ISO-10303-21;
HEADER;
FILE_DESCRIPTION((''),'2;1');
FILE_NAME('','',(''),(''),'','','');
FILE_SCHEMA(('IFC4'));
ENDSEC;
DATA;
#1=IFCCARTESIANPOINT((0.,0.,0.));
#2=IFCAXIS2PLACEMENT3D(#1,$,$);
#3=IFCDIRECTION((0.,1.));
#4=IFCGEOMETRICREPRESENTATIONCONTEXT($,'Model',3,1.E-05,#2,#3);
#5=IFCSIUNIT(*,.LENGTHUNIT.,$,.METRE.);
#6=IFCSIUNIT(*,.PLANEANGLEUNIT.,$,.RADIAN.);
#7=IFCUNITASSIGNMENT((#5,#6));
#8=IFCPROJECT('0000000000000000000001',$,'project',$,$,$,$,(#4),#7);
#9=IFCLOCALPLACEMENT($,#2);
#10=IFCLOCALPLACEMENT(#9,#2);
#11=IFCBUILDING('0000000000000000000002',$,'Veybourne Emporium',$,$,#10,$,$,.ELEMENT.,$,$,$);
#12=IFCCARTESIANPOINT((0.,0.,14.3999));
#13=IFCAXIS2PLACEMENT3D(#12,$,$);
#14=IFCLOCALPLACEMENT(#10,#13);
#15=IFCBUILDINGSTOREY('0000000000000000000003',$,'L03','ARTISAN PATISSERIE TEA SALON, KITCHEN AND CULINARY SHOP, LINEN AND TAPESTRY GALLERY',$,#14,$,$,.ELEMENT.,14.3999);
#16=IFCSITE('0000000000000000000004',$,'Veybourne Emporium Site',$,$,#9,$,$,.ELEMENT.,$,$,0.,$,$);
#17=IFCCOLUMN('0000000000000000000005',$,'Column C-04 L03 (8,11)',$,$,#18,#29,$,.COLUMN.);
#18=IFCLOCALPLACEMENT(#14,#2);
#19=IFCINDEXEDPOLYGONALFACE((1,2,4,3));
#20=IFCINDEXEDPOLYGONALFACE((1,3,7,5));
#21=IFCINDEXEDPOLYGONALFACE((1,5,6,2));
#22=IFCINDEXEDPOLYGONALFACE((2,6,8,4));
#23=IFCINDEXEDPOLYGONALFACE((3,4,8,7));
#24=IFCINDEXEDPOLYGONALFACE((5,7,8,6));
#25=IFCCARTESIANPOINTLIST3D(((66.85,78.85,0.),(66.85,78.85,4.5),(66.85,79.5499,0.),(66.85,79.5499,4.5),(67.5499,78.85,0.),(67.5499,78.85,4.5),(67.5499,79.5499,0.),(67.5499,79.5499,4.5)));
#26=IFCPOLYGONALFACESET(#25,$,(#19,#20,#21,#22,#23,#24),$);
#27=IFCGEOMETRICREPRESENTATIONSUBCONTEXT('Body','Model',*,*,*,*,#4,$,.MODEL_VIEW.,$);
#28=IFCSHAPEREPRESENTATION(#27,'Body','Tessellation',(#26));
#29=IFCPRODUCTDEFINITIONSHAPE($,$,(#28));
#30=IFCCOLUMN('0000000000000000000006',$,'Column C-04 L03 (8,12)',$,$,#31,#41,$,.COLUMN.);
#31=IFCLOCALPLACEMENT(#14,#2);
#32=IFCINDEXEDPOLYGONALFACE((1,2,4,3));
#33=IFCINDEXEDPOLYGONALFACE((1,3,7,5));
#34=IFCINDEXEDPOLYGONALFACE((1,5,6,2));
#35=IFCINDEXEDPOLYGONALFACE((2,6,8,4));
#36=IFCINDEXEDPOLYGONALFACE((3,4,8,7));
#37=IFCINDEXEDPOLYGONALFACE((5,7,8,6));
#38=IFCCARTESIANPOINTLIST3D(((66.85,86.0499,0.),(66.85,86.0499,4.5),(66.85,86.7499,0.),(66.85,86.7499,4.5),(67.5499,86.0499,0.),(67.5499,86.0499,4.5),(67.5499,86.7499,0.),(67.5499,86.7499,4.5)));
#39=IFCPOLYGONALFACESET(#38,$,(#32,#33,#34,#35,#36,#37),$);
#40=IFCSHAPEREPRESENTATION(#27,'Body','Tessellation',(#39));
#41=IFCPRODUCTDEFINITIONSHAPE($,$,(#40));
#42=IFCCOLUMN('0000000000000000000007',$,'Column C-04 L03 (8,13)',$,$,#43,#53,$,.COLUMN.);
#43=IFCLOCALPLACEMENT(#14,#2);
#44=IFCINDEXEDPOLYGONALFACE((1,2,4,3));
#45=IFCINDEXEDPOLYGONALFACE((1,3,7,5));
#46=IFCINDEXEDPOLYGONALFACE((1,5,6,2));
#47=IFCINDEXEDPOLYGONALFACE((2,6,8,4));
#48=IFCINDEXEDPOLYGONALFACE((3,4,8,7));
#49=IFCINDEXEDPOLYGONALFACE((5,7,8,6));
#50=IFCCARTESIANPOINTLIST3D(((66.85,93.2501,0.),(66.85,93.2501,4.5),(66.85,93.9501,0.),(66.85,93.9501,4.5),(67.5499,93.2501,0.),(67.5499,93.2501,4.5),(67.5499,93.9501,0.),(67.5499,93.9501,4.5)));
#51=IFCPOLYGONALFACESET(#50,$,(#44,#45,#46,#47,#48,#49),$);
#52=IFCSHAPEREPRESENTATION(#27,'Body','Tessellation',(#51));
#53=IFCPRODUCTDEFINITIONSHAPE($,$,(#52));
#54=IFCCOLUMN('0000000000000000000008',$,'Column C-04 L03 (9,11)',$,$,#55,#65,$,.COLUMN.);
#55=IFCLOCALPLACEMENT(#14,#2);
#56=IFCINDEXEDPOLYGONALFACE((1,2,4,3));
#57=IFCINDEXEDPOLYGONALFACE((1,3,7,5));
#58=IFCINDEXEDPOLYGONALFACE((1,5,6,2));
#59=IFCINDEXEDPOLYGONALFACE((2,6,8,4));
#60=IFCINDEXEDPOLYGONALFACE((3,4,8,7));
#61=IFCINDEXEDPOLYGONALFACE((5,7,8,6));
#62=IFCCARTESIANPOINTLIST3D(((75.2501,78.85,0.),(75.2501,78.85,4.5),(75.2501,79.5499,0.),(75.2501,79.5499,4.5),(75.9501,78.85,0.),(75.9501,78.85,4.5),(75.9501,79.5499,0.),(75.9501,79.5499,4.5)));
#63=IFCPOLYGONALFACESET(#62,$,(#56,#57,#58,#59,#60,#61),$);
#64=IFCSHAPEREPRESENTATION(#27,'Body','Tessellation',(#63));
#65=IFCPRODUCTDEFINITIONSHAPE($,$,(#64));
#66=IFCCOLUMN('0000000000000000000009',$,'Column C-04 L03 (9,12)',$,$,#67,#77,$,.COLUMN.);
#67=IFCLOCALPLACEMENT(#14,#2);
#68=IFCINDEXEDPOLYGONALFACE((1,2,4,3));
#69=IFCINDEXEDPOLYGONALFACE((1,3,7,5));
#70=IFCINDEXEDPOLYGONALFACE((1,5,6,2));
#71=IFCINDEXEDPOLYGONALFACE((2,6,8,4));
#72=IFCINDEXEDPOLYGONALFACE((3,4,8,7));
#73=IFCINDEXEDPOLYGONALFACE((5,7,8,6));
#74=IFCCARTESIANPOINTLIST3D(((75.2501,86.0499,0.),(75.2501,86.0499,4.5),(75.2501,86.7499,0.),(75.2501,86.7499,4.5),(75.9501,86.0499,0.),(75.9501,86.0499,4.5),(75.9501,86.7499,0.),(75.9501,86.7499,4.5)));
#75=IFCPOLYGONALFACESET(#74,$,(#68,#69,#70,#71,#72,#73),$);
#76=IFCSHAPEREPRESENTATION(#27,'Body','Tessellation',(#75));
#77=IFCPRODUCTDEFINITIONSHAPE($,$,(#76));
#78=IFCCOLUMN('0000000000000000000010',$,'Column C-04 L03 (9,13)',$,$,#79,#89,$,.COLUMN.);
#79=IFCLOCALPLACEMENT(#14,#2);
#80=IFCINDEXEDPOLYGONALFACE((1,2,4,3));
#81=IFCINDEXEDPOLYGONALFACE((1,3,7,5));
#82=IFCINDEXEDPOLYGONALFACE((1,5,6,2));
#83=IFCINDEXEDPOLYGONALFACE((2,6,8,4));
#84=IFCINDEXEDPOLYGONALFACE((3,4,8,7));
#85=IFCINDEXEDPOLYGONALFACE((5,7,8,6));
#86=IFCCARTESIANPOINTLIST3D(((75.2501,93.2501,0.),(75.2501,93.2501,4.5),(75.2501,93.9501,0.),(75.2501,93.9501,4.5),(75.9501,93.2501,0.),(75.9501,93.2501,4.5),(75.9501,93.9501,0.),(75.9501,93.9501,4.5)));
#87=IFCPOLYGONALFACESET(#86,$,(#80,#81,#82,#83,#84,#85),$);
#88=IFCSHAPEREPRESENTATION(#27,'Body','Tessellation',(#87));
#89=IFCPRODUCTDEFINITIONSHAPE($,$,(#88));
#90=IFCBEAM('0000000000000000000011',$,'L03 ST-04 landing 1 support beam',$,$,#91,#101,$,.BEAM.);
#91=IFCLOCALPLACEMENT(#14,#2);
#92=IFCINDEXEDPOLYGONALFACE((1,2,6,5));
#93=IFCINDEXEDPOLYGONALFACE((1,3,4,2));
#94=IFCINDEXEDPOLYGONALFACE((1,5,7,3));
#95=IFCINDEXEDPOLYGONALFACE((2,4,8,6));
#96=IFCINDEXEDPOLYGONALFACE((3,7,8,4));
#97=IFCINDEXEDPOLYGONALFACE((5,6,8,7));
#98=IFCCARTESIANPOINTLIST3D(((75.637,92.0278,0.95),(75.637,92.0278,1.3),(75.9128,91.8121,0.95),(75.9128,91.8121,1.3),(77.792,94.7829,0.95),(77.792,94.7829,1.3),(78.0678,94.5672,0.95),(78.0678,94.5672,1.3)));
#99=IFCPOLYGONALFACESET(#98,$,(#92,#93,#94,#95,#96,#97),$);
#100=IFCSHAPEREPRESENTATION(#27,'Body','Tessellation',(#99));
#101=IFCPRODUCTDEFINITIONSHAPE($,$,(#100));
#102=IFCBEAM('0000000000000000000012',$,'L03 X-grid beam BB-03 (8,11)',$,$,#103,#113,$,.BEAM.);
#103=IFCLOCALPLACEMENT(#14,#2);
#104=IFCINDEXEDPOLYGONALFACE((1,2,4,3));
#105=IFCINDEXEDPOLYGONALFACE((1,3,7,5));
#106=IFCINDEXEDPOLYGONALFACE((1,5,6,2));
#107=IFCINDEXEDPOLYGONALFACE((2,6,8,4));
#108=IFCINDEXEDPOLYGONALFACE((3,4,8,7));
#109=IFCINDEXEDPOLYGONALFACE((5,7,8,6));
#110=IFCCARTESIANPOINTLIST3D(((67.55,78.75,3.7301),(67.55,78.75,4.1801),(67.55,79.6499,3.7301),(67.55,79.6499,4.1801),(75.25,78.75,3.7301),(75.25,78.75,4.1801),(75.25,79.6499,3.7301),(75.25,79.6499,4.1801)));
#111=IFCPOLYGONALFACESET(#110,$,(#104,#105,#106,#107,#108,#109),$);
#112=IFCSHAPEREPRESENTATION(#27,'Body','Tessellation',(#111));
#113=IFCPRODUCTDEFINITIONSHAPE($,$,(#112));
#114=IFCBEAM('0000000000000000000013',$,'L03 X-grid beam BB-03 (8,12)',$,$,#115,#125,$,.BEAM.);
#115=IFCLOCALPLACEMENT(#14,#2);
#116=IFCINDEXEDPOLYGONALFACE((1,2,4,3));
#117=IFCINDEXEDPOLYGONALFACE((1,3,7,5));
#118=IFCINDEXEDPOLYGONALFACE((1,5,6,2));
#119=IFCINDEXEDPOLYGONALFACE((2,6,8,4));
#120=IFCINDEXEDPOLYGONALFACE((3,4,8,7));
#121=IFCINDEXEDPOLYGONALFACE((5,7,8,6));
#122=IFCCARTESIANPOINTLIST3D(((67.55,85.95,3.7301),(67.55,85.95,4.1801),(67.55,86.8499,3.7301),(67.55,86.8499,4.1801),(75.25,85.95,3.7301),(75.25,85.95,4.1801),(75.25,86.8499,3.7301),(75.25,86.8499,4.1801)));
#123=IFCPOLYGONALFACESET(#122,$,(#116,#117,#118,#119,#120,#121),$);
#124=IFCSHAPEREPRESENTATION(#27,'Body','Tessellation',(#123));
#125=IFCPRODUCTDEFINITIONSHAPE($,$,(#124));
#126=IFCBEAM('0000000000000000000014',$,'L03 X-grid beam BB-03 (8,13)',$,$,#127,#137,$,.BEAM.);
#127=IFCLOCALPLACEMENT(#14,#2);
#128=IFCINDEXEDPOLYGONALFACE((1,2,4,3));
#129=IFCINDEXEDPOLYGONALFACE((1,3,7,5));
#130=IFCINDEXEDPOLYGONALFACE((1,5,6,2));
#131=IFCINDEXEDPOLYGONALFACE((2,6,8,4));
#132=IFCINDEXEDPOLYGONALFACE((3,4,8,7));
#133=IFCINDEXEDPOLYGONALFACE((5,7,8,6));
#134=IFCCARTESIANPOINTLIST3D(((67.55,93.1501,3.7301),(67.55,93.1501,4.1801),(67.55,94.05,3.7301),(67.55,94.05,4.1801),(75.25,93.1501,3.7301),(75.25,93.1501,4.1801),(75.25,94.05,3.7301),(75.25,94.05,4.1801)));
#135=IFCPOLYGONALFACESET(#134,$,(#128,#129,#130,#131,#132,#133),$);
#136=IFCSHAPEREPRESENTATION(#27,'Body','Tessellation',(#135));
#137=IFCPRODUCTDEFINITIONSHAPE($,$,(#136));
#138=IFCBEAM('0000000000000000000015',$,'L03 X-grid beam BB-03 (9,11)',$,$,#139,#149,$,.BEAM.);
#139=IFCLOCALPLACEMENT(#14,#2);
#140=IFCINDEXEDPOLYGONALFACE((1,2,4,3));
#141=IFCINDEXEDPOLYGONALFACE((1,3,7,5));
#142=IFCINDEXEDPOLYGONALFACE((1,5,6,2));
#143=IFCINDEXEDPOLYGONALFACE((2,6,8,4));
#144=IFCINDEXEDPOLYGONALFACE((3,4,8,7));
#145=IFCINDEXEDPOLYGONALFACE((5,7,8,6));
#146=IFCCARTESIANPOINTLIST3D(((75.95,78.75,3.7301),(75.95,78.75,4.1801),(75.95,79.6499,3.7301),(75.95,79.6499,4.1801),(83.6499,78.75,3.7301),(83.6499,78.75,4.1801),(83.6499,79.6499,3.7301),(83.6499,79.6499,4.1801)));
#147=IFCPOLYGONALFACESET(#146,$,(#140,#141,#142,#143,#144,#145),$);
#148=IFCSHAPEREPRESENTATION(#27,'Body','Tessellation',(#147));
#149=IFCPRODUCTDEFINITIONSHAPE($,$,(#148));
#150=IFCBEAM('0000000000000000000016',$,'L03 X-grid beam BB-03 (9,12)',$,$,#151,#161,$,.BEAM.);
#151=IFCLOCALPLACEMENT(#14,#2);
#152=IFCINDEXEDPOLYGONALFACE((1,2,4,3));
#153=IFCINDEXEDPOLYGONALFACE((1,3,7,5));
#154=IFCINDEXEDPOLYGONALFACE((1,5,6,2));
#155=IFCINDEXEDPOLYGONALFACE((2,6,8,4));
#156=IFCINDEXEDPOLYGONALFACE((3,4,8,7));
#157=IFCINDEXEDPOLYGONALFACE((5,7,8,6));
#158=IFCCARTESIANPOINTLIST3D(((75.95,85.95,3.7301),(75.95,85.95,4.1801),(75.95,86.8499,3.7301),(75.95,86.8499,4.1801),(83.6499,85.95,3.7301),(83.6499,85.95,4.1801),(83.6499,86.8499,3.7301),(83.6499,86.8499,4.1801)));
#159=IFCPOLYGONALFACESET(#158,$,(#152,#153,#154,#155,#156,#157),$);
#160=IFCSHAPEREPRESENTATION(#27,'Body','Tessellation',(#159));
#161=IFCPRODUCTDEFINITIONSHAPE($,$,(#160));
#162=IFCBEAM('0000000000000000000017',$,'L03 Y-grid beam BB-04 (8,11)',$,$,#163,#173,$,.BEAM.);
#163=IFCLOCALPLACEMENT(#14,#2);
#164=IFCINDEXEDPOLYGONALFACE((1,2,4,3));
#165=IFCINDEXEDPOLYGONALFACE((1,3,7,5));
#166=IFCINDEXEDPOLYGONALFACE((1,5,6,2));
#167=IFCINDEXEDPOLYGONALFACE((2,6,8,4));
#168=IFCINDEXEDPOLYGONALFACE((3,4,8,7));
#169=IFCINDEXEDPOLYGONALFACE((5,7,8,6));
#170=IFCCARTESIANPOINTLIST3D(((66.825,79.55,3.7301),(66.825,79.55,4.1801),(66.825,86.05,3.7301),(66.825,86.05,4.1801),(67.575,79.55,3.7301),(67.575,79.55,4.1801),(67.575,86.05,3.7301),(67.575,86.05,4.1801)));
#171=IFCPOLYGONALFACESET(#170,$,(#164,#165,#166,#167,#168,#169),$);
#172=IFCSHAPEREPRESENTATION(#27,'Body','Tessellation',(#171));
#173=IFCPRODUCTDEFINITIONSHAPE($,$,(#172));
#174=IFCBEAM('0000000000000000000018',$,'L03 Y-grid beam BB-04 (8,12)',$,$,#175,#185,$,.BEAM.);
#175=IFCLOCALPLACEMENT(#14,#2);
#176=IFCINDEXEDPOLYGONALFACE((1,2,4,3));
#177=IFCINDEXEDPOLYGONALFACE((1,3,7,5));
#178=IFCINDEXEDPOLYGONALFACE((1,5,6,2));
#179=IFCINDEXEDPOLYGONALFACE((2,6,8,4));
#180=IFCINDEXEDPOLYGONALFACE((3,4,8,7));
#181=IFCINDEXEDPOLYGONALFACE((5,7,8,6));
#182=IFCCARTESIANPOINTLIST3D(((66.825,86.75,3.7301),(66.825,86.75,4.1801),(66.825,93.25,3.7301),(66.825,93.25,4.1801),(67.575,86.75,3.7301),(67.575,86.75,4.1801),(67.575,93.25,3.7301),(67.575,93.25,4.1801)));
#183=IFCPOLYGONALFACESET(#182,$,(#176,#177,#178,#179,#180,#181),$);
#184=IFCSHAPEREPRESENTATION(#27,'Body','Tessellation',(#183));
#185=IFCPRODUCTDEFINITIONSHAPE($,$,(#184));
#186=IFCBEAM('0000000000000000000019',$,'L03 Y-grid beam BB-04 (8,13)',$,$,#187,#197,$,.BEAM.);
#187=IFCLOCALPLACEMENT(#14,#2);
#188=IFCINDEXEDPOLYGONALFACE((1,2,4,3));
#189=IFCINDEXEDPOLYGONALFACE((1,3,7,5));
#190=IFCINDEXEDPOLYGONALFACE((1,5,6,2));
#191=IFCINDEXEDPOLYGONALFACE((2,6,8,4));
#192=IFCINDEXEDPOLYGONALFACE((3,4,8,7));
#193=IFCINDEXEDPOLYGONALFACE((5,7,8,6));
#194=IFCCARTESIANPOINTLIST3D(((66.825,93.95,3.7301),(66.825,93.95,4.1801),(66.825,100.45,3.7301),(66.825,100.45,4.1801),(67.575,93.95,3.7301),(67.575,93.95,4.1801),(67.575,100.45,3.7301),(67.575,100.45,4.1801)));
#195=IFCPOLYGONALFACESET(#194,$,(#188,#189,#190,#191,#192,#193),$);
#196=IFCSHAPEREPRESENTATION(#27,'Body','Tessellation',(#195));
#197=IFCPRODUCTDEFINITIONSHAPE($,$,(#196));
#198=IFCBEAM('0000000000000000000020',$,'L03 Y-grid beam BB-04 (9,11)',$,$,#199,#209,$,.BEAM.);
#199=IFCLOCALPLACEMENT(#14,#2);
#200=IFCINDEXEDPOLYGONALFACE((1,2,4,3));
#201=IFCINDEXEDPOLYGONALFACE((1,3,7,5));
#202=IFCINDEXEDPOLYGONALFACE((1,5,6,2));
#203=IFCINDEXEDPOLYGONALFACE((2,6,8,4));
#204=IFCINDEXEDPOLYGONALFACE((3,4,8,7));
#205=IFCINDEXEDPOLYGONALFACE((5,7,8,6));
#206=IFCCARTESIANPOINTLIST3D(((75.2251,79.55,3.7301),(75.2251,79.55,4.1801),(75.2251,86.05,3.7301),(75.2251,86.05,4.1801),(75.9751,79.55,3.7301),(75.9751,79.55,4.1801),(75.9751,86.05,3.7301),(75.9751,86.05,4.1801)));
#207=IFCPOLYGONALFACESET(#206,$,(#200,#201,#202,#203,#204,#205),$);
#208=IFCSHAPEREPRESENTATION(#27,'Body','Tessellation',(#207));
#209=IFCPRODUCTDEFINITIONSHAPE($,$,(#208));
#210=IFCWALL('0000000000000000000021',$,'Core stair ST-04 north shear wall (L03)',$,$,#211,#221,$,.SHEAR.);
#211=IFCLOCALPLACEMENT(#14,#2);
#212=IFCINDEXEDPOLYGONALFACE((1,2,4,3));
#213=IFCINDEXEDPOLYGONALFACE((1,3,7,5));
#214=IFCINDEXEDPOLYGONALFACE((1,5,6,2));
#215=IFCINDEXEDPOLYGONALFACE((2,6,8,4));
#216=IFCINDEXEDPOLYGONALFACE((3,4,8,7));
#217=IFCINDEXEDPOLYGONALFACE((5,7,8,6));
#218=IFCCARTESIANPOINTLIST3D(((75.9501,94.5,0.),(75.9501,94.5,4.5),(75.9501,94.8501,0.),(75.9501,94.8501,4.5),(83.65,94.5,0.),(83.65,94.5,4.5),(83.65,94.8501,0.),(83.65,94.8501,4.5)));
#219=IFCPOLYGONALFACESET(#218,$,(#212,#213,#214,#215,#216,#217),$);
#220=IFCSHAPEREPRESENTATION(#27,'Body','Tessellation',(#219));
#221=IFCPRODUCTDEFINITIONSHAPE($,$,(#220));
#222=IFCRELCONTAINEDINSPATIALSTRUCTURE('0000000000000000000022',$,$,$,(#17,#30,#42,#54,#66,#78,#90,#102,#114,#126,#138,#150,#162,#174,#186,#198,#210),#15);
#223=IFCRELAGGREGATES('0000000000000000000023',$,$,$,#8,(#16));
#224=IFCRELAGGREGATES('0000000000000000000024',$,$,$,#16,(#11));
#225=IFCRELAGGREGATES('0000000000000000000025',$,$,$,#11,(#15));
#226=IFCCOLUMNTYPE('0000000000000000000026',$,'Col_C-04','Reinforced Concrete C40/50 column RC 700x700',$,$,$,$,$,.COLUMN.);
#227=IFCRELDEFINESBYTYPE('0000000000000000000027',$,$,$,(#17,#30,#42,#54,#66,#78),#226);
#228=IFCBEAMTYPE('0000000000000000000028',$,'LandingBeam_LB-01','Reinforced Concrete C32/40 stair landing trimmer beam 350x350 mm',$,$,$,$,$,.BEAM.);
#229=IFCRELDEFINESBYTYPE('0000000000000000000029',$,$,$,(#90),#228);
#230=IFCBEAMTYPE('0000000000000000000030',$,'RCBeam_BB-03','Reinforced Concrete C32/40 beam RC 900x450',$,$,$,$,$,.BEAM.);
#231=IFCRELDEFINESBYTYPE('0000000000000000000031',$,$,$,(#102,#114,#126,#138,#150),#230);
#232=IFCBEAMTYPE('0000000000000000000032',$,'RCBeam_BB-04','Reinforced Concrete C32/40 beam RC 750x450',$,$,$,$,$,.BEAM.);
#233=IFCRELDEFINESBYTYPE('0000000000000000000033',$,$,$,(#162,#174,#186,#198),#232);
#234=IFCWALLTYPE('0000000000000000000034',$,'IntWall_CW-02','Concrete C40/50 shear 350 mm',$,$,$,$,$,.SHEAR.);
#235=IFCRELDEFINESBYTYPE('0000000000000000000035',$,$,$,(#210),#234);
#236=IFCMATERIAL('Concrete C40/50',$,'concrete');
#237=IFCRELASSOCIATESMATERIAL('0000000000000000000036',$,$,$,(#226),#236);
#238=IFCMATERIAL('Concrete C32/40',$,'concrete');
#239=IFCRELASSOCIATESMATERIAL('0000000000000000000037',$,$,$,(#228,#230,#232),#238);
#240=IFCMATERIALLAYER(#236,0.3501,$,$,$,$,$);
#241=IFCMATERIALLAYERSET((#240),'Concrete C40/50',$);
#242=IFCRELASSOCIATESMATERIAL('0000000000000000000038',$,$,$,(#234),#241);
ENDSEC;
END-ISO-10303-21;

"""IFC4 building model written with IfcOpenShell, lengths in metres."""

from ifc_helpers import new_model, si_unit, direction, frame, frame_2d, origin, origin_2d, place, context, subcontext, project, spatial, rectangle, extrude, material, layer, layer_set, material_profile, profile_set, type_object, element, save


model = new_model("IFC4")

# Units and contexts
model_context = context("Model", 3, precision=1e-05, world=origin(), true_north=direction((0.0, 1.0)))
body_context = subcontext(model_context, "Body", "Model", "MODEL_VIEW")
ifc_project = project(units=[si_unit("LENGTHUNIT", "METRE"), si_unit("PLANEANGLEUNIT", "RADIAN")], contexts=[model_context])

# Site, building, storey
site_placement = place(None, origin())
site = spatial("IfcSite", under=ifc_project, at=site_placement, Name="Veybourne Emporium Site", CompositionType="ELEMENT", RefElevation=0.0)
building_placement = place(site_placement, origin())
building = spatial("IfcBuilding", under=site, at=building_placement, Name="Veybourne Emporium", CompositionType="ELEMENT")
storey_placement = place(building_placement, frame((0.0, 0.0, 14.3999)))
storey = spatial("IfcBuildingStorey", under=building, at=storey_placement, Name="L03", Description="ARTISAN PATISSERIE TEA SALON, KITCHEN AND CULINARY SHOP, LINEN AND TAPESTRY GALLERY", CompositionType="ELEMENT", Elevation=14.3999)

# Columns
ifc_material_1 = material(Name="Concrete C40/50", Category="concrete")
ifc_material_profile_1 = material_profile(ifc_material_1, rectangle(XDim=0.7, YDim=0.7, at=origin_2d()), Name="RC 700x700")
ifc_profile_set_1 = profile_set([ifc_material_profile_1], Name="Concrete C40/50")
column_type = type_object("IfcColumnType", Name="Col_C-04", Description="Reinforced Concrete C40/50 column RC 700x700", PredefinedType="COLUMN", material=ifc_profile_set_1)
for number, where, z_axis, x_axis, name in (
    (1, (67.2, 79.2, 0.0), (0.0, 0.0, 1.0), (1.0, 0.0, 0.0), "Column C-04 L03 (8,11)"),
    (2, (67.2, 86.3999, 0.0), (0.0, 0.0, 1.0), (1.0, 0.0, 0.0), "Column C-04 L03 (8,12)"),
    (3, (67.2, 93.6001, 0.0), (0.0, 0.0, 1.0), (1.0, 0.0, 0.0), "Column C-04 L03 (8,13)"),
    (4, (75.6001, 79.2, 0.0), (0.0, 0.0, 1.0), (1.0, 0.0, 0.0), "Column C-04 L03 (9,11)"),
    (5, (75.6001, 86.3999, 0.0), (0.0, 0.0, 1.0), (1.0, 0.0, 0.0), "Column C-04 L03 (9,12)"),
    (6, (75.6001, 93.6001, 0.0), (0.0, 0.0, 1.0), (1.0, 0.0, 0.0), "Column C-04 L03 (9,13)"),
):
    element("IfcColumn", number, at=place(storey_placement, frame(where, z_axis=z_axis, x_axis=x_axis)), inside=storey, type_object=column_type, Name=name, PredefinedType="COLUMN", context=body_context, shape_type="SweptSolid", body=[
        extrude(rectangle(XDim=0.7, YDim=0.7, at=origin_2d()), origin(), (0.0, 0.0, 1.0), 4.5),
    ])

# Beams
ifc_material_2 = material(Name="Concrete C32/40", Category="concrete")
ifc_material_profile_2 = material_profile(ifc_material_2, rectangle(XDim=0.3501, YDim=0.3501, at=origin_2d()), Name="RC 350x350")
ifc_profile_set_2 = profile_set([ifc_material_profile_2], Name="Concrete C32/40")
beam_type_1 = type_object("IfcBeamType", Name="LandingBeam_LB-01", Description="Reinforced Concrete C32/40 stair landing trimmer beam 350x350 mm", PredefinedType="BEAM", material=ifc_profile_set_2)
beam_placement = place(storey_placement, frame((75.7749, 91.9199, 1.125), z_axis=(0.616103, 0.787666, 0.0), x_axis=(-0.787666, 0.616103, 0.0)))
element("IfcBeam", 7, at=beam_placement, inside=storey, type_object=beam_type_1, Name="L03 ST-04 landing 1 support beam", PredefinedType="BEAM", context=body_context, shape_type="SweptSolid", body=[
    extrude(rectangle(XDim=0.3501, YDim=0.3501, at=origin_2d()), origin(), (0.0, 0.0, 1.0), 3.4978),
])
ifc_material_profile_3 = material_profile(ifc_material_2, rectangle(XDim=0.8999, YDim=0.45, at=origin_2d()), Name="RC 900x450")
ifc_profile_set_3 = profile_set([ifc_material_profile_3], Name="Concrete C32/40")
beam_type_2 = type_object("IfcBeamType", Name="RCBeam_BB-03", Description="Reinforced Concrete C32/40 beam RC 900x450", PredefinedType="BEAM", material=ifc_profile_set_3)
for number, where, z_axis, x_axis, name in (
    (8, (67.55, 79.2, 3.9551), (1.0, 0.0, 0.0), (0.0, 1.0, 0.0), "L03 X-grid beam BB-03 (8,11)"),
    (9, (67.55, 86.3999, 3.9551), (1.0, 0.0, 0.0), (0.0, 1.0, 0.0), "L03 X-grid beam BB-03 (8,12)"),
    (10, (67.55, 93.6001, 3.9551), (1.0, 0.0, 0.0), (0.0, 1.0, 0.0), "L03 X-grid beam BB-03 (8,13)"),
    (11, (75.95, 79.2, 3.9551), (1.0, 0.0, 0.0), (0.0, 1.0, 0.0), "L03 X-grid beam BB-03 (9,11)"),
    (12, (75.95, 86.3999, 3.9551), (1.0, 0.0, 0.0), (0.0, 1.0, 0.0), "L03 X-grid beam BB-03 (9,12)"),
):
    element("IfcBeam", number, at=place(storey_placement, frame(where, z_axis=z_axis, x_axis=x_axis)), inside=storey, type_object=beam_type_2, Name=name, PredefinedType="BEAM", context=body_context, shape_type="SweptSolid", body=[
        extrude(rectangle(XDim=0.8999, YDim=0.45, at=origin_2d()), origin(), (0.0, 0.0, 1.0), 7.7),
    ])
ifc_material_profile_4 = material_profile(ifc_material_2, rectangle(XDim=0.75, YDim=0.45, at=origin_2d()), Name="RC 750x450")
ifc_profile_set_4 = profile_set([ifc_material_profile_4], Name="Concrete C32/40")
beam_type_3 = type_object("IfcBeamType", Name="RCBeam_BB-04", Description="Reinforced Concrete C32/40 beam RC 750x450", PredefinedType="BEAM", material=ifc_profile_set_4)
for number, where, z_axis, x_axis, name in (
    (13, (67.2, 79.55, 3.9551), (0.0, 1.0, 0.0), (-1.0, 0.0, 0.0), "L03 Y-grid beam BB-04 (8,11)"),
    (14, (67.2, 86.75, 3.9551), (0.0, 1.0, 0.0), (-1.0, 0.0, 0.0), "L03 Y-grid beam BB-04 (8,12)"),
    (15, (67.2, 93.95, 3.9551), (0.0, 1.0, 0.0), (-1.0, 0.0, 0.0), "L03 Y-grid beam BB-04 (8,13)"),
    (16, (75.6001, 79.55, 3.9551), (0.0, 1.0, 0.0), (-1.0, 0.0, 0.0), "L03 Y-grid beam BB-04 (9,11)"),
):
    element("IfcBeam", number, at=place(storey_placement, frame(where, z_axis=z_axis, x_axis=x_axis)), inside=storey, type_object=beam_type_3, Name=name, PredefinedType="BEAM", context=body_context, shape_type="SweptSolid", body=[
        extrude(rectangle(XDim=0.75, YDim=0.45, at=origin_2d()), origin(), (0.0, 0.0, 1.0), 6.5),
    ])

# Wall
ifc_layer_1 = layer(ifc_material_1, 0.3501)
ifc_layer_set_1 = layer_set([ifc_layer_1], Name="Concrete C40/50")
wall_type_1 = type_object("IfcWallType", Name="IntWall_CW-02", Description="Concrete C40/50 shear 350 mm", PredefinedType="SHEAR", material=ifc_layer_set_1)
wall_1_placement = place(storey_placement, frame((75.95, 94.675, 0.0), z_axis=(0.0, 0.0, 1.0), x_axis=(1.0, 0.0, 0.0)))
element("IfcWall", 17, at=wall_1_placement, inside=storey, type_object=wall_type_1, Name="Core stair ST-04 north shear wall (L03)", PredefinedType="SHEAR", context=body_context, shape_type="SweptSolid", body=[
    extrude(rectangle(XDim=7.7, YDim=0.3501, at=frame_2d((3.8501, 0.0))), origin(), (0.0, 0.0, 1.0), 4.5),
])

save(model, "model.ifc")
